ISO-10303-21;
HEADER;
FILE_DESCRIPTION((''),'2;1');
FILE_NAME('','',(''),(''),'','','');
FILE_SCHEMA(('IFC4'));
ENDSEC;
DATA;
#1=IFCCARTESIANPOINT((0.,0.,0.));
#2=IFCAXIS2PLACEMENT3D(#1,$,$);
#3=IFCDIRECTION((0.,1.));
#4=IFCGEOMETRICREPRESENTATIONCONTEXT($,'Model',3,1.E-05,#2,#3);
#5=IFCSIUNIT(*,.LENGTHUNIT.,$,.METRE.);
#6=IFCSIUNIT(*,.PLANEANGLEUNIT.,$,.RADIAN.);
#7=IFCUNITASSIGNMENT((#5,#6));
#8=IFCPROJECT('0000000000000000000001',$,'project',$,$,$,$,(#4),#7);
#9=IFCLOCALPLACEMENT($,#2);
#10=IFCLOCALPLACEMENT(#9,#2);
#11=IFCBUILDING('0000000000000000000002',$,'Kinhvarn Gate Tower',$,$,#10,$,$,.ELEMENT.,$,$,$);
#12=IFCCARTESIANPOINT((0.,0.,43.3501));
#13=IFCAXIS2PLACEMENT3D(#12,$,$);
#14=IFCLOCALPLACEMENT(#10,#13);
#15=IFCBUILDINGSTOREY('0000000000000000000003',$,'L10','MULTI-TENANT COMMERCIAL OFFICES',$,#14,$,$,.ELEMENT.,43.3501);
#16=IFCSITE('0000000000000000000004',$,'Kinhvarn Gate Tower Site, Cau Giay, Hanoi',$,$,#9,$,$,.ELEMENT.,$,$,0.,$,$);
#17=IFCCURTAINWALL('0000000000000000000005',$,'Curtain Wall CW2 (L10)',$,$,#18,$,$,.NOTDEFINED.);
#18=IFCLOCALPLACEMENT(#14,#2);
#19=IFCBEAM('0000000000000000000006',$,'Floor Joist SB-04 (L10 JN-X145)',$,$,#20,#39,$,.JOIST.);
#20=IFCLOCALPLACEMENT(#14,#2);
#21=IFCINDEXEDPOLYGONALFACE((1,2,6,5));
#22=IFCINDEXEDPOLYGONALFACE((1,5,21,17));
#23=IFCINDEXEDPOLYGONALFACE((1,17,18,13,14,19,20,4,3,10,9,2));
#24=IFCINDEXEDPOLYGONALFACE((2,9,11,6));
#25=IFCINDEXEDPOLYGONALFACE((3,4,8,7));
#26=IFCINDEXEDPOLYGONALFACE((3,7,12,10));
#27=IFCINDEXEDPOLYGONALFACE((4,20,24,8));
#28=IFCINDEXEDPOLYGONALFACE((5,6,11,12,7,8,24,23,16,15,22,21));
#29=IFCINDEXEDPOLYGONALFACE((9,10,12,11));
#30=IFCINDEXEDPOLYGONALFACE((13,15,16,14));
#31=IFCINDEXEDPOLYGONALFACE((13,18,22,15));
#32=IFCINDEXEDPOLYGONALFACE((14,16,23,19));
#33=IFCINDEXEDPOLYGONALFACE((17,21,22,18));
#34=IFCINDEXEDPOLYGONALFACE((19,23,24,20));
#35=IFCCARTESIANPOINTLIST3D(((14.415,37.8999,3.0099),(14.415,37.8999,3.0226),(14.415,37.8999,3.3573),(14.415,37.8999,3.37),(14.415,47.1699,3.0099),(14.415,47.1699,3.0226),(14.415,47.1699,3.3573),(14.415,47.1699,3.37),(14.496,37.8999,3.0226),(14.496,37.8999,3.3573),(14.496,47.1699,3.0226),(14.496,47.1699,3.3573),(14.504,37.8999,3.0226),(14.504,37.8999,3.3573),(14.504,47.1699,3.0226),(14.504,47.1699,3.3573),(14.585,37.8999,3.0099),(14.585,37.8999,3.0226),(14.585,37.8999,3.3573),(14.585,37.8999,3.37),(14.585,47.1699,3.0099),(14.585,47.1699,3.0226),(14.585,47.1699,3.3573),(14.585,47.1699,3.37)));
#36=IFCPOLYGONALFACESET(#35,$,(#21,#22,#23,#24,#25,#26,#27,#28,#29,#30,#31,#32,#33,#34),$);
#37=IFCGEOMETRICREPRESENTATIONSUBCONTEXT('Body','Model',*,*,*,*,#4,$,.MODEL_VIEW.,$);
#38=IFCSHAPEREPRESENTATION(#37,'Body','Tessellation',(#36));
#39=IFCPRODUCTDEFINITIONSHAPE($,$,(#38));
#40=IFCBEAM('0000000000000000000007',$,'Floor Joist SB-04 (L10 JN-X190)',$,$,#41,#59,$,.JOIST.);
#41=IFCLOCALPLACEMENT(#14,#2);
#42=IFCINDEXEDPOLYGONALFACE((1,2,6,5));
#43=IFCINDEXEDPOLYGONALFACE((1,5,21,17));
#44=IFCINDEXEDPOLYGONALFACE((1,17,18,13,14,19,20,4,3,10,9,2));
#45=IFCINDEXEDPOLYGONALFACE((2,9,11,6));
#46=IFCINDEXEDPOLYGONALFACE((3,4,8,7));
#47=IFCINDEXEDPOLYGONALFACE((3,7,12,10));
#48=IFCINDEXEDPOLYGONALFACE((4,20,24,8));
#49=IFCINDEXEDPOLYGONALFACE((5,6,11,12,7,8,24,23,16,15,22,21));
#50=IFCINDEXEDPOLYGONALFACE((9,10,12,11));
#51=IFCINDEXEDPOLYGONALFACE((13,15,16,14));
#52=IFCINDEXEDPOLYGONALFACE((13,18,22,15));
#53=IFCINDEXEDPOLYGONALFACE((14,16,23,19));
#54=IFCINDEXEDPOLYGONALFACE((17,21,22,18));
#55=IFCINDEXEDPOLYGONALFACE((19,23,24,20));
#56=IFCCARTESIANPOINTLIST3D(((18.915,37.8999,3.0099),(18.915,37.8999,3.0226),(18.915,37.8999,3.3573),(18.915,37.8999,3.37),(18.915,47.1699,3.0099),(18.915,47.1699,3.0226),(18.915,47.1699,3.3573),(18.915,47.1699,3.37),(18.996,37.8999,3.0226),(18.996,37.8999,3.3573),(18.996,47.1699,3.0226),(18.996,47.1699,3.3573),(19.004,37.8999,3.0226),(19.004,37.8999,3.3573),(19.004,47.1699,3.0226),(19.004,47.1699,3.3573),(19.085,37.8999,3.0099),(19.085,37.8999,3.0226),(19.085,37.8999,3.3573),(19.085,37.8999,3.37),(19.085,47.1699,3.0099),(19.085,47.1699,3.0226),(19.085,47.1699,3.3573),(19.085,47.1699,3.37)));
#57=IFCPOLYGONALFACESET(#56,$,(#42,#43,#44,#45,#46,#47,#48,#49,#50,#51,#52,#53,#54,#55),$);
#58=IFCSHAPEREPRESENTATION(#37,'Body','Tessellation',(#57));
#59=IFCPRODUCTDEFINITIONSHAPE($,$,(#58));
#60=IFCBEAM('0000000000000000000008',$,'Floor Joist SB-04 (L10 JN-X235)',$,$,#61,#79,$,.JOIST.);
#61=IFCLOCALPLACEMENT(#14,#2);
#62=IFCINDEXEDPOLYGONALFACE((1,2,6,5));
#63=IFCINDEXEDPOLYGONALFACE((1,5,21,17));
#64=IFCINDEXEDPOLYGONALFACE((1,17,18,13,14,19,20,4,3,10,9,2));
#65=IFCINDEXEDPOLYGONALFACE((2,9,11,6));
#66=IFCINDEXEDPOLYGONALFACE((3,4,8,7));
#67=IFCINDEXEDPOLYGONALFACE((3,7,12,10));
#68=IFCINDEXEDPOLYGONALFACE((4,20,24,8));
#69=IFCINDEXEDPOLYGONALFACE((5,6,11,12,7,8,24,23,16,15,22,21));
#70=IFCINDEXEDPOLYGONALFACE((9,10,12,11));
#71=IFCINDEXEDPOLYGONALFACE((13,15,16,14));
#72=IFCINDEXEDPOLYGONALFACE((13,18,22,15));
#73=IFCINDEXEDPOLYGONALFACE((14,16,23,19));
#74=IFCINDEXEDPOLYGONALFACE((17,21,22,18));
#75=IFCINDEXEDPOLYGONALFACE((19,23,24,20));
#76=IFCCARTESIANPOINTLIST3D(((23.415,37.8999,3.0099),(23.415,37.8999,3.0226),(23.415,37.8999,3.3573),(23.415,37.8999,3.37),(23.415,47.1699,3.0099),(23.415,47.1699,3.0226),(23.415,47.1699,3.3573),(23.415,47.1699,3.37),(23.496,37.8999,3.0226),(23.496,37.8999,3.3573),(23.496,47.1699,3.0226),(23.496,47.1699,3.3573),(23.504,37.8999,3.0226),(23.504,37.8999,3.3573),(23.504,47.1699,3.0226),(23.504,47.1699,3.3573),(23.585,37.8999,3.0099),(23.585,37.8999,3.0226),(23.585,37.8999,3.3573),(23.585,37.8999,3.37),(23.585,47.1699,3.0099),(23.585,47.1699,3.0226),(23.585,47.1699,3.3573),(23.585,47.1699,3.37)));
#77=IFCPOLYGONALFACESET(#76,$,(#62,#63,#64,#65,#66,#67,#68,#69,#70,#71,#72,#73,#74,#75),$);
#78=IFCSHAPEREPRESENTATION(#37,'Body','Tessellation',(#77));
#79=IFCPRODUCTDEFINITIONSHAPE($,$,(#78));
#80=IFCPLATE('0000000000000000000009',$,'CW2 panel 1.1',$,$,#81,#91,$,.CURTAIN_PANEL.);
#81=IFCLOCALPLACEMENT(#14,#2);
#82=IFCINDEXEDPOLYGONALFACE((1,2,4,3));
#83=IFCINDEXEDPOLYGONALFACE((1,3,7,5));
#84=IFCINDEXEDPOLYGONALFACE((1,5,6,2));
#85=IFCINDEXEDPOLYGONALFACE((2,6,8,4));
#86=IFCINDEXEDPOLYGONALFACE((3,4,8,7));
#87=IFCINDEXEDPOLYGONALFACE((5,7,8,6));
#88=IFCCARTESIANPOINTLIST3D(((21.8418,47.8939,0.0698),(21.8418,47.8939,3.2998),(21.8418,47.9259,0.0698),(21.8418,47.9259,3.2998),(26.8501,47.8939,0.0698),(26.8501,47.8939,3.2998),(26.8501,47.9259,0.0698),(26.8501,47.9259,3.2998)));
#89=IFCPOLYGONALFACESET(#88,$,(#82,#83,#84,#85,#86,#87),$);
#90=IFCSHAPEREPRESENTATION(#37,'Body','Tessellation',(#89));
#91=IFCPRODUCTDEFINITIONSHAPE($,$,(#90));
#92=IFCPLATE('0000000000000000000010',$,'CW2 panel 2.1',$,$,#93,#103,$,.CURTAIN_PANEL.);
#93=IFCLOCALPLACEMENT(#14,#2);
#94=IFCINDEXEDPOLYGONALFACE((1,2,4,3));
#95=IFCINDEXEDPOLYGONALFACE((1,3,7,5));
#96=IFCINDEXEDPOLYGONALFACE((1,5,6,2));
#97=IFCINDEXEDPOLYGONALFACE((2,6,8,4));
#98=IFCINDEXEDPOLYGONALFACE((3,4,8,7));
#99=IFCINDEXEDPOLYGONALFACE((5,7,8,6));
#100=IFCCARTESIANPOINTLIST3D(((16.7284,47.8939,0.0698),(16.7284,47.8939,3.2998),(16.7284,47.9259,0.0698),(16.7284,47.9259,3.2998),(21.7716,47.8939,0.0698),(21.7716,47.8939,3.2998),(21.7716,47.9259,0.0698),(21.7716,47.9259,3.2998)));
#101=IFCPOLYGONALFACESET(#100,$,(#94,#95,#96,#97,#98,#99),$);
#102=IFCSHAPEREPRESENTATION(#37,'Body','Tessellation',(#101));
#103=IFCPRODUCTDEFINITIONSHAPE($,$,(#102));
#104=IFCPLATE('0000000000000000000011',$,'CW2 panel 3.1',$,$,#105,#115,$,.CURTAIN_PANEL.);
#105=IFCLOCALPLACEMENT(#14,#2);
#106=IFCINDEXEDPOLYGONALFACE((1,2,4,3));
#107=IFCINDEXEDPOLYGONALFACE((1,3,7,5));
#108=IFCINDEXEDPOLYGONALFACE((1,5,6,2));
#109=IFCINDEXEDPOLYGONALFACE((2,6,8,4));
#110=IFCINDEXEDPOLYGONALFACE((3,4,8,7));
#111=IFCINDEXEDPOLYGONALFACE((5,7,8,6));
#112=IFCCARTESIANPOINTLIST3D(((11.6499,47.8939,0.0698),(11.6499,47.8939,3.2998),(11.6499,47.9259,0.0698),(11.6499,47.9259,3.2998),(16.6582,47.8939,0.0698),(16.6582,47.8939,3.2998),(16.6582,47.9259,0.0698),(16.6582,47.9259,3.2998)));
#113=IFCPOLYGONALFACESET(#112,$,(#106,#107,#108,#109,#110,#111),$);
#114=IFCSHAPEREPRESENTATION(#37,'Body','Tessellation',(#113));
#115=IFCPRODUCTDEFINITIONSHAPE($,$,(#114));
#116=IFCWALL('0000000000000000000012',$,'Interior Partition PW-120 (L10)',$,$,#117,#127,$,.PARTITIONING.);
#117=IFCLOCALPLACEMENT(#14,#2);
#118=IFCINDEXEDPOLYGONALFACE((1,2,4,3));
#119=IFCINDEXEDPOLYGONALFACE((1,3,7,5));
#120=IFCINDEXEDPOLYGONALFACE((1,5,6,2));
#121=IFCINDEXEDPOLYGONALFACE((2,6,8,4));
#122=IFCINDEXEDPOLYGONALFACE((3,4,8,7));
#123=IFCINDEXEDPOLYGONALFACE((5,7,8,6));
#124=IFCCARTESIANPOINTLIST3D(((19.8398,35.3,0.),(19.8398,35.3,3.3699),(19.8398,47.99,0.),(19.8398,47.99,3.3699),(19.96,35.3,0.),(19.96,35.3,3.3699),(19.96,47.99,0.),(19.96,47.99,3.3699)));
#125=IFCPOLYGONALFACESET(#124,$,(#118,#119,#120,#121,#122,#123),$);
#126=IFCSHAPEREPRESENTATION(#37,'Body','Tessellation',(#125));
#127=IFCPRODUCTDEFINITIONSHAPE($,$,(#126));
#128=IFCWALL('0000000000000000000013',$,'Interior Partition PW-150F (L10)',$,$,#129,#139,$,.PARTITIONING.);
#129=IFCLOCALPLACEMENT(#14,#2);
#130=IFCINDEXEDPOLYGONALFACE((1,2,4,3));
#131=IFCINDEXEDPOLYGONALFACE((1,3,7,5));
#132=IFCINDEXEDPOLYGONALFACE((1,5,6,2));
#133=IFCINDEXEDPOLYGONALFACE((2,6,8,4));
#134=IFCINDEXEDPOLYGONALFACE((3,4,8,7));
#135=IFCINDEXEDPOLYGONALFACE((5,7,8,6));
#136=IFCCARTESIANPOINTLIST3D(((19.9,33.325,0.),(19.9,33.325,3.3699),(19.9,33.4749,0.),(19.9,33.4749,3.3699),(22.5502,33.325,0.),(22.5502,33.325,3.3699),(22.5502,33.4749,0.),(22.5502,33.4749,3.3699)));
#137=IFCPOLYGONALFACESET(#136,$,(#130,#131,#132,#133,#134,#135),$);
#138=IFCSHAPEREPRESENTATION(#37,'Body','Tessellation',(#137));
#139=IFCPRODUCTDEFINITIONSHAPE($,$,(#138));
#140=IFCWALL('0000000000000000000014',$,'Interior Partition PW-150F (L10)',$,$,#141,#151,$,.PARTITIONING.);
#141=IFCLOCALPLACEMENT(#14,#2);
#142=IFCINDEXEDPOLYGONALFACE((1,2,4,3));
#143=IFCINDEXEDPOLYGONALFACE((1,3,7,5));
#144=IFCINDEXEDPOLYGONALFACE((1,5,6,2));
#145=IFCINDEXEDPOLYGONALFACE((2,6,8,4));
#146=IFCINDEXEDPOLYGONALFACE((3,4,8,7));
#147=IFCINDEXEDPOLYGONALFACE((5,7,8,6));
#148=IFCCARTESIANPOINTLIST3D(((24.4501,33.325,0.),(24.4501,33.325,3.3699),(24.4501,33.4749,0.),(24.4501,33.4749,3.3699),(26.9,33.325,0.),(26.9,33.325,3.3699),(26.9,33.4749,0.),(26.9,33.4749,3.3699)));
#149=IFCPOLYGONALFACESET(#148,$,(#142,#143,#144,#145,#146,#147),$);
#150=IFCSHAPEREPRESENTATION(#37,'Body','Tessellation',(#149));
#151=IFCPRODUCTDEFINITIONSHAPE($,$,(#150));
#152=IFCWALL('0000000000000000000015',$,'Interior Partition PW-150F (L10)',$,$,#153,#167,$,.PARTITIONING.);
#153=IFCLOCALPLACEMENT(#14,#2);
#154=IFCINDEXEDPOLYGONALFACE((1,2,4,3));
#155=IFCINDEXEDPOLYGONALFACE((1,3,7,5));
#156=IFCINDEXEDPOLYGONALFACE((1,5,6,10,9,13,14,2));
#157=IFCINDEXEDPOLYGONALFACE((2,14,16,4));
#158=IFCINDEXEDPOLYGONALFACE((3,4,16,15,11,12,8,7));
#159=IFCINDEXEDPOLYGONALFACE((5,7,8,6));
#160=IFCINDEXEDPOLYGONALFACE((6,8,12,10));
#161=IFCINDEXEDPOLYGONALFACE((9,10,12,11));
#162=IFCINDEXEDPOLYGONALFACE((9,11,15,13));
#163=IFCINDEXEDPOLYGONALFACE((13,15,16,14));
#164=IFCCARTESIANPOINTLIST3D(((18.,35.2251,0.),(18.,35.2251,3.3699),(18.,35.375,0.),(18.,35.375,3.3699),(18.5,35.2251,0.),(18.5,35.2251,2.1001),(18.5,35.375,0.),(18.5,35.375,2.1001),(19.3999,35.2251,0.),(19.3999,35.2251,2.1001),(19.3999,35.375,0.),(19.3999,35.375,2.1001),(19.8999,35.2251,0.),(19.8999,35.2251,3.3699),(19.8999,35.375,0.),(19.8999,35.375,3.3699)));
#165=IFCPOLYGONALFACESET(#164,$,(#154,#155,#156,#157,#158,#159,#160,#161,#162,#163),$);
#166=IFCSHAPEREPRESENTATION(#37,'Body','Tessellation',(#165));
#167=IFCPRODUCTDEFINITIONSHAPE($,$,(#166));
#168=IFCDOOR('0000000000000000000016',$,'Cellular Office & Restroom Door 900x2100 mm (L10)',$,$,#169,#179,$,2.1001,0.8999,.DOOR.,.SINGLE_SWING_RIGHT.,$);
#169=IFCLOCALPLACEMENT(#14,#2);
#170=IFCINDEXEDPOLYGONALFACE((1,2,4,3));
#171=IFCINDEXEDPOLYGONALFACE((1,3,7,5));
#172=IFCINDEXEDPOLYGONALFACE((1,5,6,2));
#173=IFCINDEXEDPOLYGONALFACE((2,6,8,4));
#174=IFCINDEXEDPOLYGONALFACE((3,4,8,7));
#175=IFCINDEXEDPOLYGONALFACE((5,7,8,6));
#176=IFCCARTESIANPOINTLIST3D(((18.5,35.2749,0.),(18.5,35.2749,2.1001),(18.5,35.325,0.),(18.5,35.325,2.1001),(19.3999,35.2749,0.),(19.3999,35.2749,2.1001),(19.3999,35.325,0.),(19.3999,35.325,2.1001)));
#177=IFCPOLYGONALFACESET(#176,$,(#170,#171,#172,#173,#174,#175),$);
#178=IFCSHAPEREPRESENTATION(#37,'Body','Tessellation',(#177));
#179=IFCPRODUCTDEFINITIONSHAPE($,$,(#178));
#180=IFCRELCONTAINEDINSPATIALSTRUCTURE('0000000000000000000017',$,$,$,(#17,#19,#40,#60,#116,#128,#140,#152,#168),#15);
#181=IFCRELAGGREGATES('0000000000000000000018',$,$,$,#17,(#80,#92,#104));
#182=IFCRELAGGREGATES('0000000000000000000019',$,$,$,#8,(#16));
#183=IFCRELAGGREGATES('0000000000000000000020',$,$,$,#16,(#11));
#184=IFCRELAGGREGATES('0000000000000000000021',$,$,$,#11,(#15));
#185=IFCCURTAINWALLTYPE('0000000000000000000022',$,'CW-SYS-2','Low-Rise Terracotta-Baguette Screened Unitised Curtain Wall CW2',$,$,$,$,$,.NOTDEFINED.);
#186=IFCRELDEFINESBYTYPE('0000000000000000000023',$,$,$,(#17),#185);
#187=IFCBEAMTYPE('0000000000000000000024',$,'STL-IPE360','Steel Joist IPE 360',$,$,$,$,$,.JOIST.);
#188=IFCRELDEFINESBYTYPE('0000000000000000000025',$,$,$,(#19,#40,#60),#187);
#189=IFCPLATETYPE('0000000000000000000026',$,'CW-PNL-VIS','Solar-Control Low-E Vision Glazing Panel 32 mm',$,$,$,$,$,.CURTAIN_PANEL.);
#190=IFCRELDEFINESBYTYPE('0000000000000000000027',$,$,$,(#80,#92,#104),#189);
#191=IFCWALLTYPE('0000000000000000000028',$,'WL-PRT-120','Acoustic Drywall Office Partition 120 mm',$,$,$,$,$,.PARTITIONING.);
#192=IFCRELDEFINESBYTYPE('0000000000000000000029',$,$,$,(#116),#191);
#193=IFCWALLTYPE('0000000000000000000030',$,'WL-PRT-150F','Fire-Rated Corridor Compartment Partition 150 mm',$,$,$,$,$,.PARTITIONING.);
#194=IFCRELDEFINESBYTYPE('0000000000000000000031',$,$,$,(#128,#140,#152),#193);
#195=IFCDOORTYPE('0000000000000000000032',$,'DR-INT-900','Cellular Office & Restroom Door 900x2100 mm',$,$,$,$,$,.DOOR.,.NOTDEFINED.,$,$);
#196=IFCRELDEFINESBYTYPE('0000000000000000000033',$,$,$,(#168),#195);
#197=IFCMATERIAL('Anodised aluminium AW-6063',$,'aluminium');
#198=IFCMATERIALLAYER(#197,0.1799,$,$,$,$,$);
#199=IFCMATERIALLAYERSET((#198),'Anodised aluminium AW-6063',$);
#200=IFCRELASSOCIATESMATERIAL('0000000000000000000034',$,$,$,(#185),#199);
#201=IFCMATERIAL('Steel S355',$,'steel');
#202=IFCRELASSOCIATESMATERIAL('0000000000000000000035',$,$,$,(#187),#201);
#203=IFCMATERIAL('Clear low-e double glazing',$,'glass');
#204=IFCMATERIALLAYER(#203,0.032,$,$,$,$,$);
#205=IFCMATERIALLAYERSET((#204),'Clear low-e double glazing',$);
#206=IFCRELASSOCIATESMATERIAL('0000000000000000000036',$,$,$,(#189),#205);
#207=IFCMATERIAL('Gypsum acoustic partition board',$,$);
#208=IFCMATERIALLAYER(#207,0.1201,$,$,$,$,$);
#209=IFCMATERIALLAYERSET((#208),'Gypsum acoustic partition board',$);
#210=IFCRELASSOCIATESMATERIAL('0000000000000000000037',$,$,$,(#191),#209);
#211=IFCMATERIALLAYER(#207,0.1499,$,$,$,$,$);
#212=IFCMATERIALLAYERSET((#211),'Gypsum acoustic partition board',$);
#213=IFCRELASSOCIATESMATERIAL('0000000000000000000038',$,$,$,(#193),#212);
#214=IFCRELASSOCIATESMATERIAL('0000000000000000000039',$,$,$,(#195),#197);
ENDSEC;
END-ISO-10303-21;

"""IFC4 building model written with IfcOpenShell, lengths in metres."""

from ifc_helpers import new_model, si_unit, direction, frame, frame_2d, origin, origin_2d, place, context, subcontext, project, spatial, rectangle, i_section, extrude, material, layer, layer_set, material_profile, profile_set, type_object, element, fill, aggregate, save


model = new_model("IFC4")

# Units and contexts
model_context = context("Model", 3, precision=1e-05, world=origin(), true_north=direction((0.0, 1.0)))
body_context = subcontext(model_context, "Body", "Model", "MODEL_VIEW")
ifc_project = project(units=[si_unit("LENGTHUNIT", "METRE"), si_unit("PLANEANGLEUNIT", "RADIAN")], contexts=[model_context])

# Site, building, storey
site_placement = place(None, origin())
site = spatial("IfcSite", under=ifc_project, at=site_placement, Name="Kinhvarn Gate Tower Site, Cau Giay, Hanoi", CompositionType="ELEMENT", RefElevation=0.0)
building_placement = place(site_placement, origin())
building = spatial("IfcBuilding", under=site, at=building_placement, Name="Kinhvarn Gate Tower", CompositionType="ELEMENT")
storey_placement = place(building_placement, frame((0.0, 0.0, 43.3501)))
storey = spatial("IfcBuildingStorey", under=building, at=storey_placement, Name="L10", Description="MULTI-TENANT COMMERCIAL OFFICES", CompositionType="ELEMENT", Elevation=43.3501)

# Curtain wall
ifc_material_1 = material(Name="Anodised aluminium AW-6063", Category="aluminium")
ifc_layer_1 = layer(ifc_material_1, 0.1799)
ifc_layer_set_1 = layer_set([ifc_layer_1], Name="Anodised aluminium AW-6063")
curtain_wall_type = type_object("IfcCurtainWallType", Name="CW-SYS-2", Description="Low-Rise Terracotta-Baguette Screened Unitised Curtain Wall CW2", PredefinedType="NOTDEFINED", material=ifc_layer_set_1)
curtain_wall_placement = place(storey_placement, origin())
curtain_wall = element("IfcCurtainWall", 1, at=curtain_wall_placement, inside=storey, type_object=curtain_wall_type, Name="Curtain Wall CW2 (L10)", PredefinedType="NOTDEFINED")

# Beams
ifc_material_2 = material(Name="Steel S355", Category="steel")
ifc_material_profile_1 = material_profile(ifc_material_2, i_section(OverallWidth=0.1699, OverallDepth=0.3601, WebThickness=0.0081, FlangeThickness=0.0127, at=origin_2d()), Name="IPE 360")
ifc_profile_set_1 = profile_set([ifc_material_profile_1], Name="Steel S355")
beam_type_1 = type_object("IfcBeamType", Name="STL-IPE360", Description="Steel Joist IPE 360", PredefinedType="JOIST", material=ifc_profile_set_1)
for number, where, z_axis, x_axis, name in (
    (2, (14.5, 37.8999, 3.1899), (0.0, 1.0, 0.0), (-1.0, 0.0, 0.0), "Floor Joist SB-04 (L10 JN-X145)"),
    (3, (19.0, 37.8999, 3.1899), (0.0, 1.0, 0.0), (-1.0, 0.0, 0.0), "Floor Joist SB-04 (L10 JN-X190)"),
    (4, (23.5, 37.8999, 3.1899), (0.0, 1.0, 0.0), (-1.0, 0.0, 0.0), "Floor Joist SB-04 (L10 JN-X235)"),
):
    element("IfcBeam", number, at=place(storey_placement, frame(where, z_axis=z_axis, x_axis=x_axis)), inside=storey, type_object=beam_type_1, Name=name, PredefinedType="JOIST", context=body_context, shape_type="SweptSolid", body=[
        extrude(i_section(OverallWidth=0.1699, OverallDepth=0.3601, WebThickness=0.0081, FlangeThickness=0.0127, at=origin_2d()), origin(), (0.0, 0.0, 1.0), 9.27),
    ])

# Plates
ifc_material_3 = material(Name="Clear low-e double glazing", Category="glass")
ifc_layer_2 = layer(ifc_material_3, 0.032)
ifc_layer_set_2 = layer_set([ifc_layer_2], Name="Clear low-e double glazing")
plate_type = type_object("IfcPlateType", Name="CW-PNL-VIS", Description="Solar-Control Low-E Vision Glazing Panel 32 mm", PredefinedType="CURTAIN_PANEL", material=ifc_layer_set_2)
plate_1_placement = place(storey_placement, frame((24.3459, 47.9099, 0.0698), z_axis=(0.0, 0.0, 1.0), x_axis=(-1.0, 0.0, 0.0)))
plate_1 = element("IfcPlate", 5, at=plate_1_placement, type_object=plate_type, Name="CW2 panel 1.1", PredefinedType="CURTAIN_PANEL", context=body_context, shape_type="SweptSolid", body=[
    extrude(rectangle(XDim=5.0083, YDim=0.032, at=origin_2d()), origin(), (0.0, 0.0, 1.0), 3.23),
])
plate_2_placement = place(storey_placement, frame((19.25, 47.9099, 0.0698), z_axis=(0.0, 0.0, 1.0), x_axis=(-1.0, 0.0, 0.0)))
plate_2 = element("IfcPlate", 6, at=plate_2_placement, type_object=plate_type, Name="CW2 panel 2.1", PredefinedType="CURTAIN_PANEL", context=body_context, shape_type="SweptSolid", body=[
    extrude(rectangle(XDim=5.0432, YDim=0.032, at=origin_2d()), origin(), (0.0, 0.0, 1.0), 3.23),
])
plate_3_placement = place(storey_placement, frame((14.1541, 47.9099, 0.0698), z_axis=(0.0, 0.0, 1.0), x_axis=(-1.0, 0.0, 0.0)))
plate_3 = element("IfcPlate", 7, at=plate_3_placement, type_object=plate_type, Name="CW2 panel 3.1", PredefinedType="CURTAIN_PANEL", context=body_context, shape_type="SweptSolid", body=[
    extrude(rectangle(XDim=5.0083, YDim=0.032, at=origin_2d()), origin(), (0.0, 0.0, 1.0), 3.23),
])
aggregate(curtain_wall, [plate_1, plate_2, plate_3])

# Walls
ifc_material_4 = material(Name="Gypsum acoustic partition board")
ifc_layer_3 = layer(ifc_material_4, 0.1201)
ifc_layer_set_3 = layer_set([ifc_layer_3], Name="Gypsum acoustic partition board")
wall_type_1 = type_object("IfcWallType", Name="WL-PRT-120", Description="Acoustic Drywall Office Partition 120 mm", PredefinedType="PARTITIONING", material=ifc_layer_set_3)
wall_1_placement = place(storey_placement, frame((19.8999, 35.3, 0.0), z_axis=(0.0, 0.0, 1.0), x_axis=(0.0, 1.0, 0.0)))
element("IfcWall", 8, at=wall_1_placement, inside=storey, type_object=wall_type_1, Name="Interior Partition PW-120 (L10)", PredefinedType="PARTITIONING", context=body_context, shape_type="SweptSolid", body=[
    extrude(rectangle(XDim=12.6899, YDim=0.1201, at=frame_2d((6.345, 0.0))), origin(), (0.0, 0.0, 1.0), 3.3699),
])
ifc_layer_4 = layer(ifc_material_4, 0.1499)
ifc_layer_set_4 = layer_set([ifc_layer_4], Name="Gypsum acoustic partition board")
wall_type_2 = type_object("IfcWallType", Name="WL-PRT-150F", Description="Fire-Rated Corridor Compartment Partition 150 mm", PredefinedType="PARTITIONING", material=ifc_layer_set_4)
wall_2_placement = place(storey_placement, frame((19.8999, 33.3999, 0.0), z_axis=(0.0, 0.0, 1.0), x_axis=(1.0, 0.0, 0.0)))
element("IfcWall", 9, at=wall_2_placement, inside=storey, type_object=wall_type_2, Name="Interior Partition PW-150F (L10)", PredefinedType="PARTITIONING", context=body_context, shape_type="SweptSolid", body=[
    extrude(rectangle(XDim=2.6501, YDim=0.1499, at=frame_2d((1.3252, 0.0))), origin(), (0.0, 0.0, 1.0), 3.3699),
])
wall_3_placement = place(storey_placement, frame((24.45, 33.3999, 0.0), z_axis=(0.0, 0.0, 1.0), x_axis=(1.0, 0.0, 0.0)))
element("IfcWall", 10, at=wall_3_placement, inside=storey, type_object=wall_type_2, Name="Interior Partition PW-150F (L10)", PredefinedType="PARTITIONING", context=body_context, shape_type="SweptSolid", body=[
    extrude(rectangle(XDim=2.45, YDim=0.1499, at=frame_2d((1.2251, 0.0))), origin(), (0.0, 0.0, 1.0), 3.3699),
])

# Wall, opening, door
wall_4_placement = place(storey_placement, frame((18.0, 35.3, 0.0), z_axis=(0.0, 0.0, 1.0), x_axis=(1.0, 0.0, 0.0)))
wall_4 = element("IfcWall", 11, at=wall_4_placement, inside=storey, type_object=wall_type_2, Name="Interior Partition PW-150F (L10)", PredefinedType="PARTITIONING", context=body_context, shape_type="SweptSolid", body=[
    extrude(rectangle(XDim=1.8999, YDim=0.1499, at=frame_2d((0.95, 0.0))), origin(), (0.0, 0.0, 1.0), 3.3699),
])
opening_1_placement = place(wall_4_placement, frame((0.5, 0.0, 0.0)))
opening_1 = element("IfcOpeningElement", 12, at=opening_1_placement, cuts=wall_4, PredefinedType="OPENING", context=body_context, shape_type="SweptSolid", body=[
    extrude(rectangle(XDim=0.8999, YDim=2.1001, at=frame_2d((0.45, 1.05))), frame((0.0, 0.085, 0.0), z_axis=(0.0, -1.0, 0.0), x_axis=(1.0, 0.0, 0.0)), (0.0, 0.0, 1.0), 0.1699),
])
door_type_1 = type_object("IfcDoorType", Name="DR-INT-900", Description="Cellular Office & Restroom Door 900x2100 mm", OperationType="NOTDEFINED", PredefinedType="DOOR", material=ifc_material_1)
door_1_placement = place(opening_1_placement, origin())
door_1 = element("IfcDoor", 13, at=door_1_placement, inside=storey, type_object=door_type_1, Name="Cellular Office & Restroom Door 900x2100 mm (L10)", OperationType="SINGLE_SWING_RIGHT", OverallHeight=2.1001, OverallWidth=0.8999, PredefinedType="DOOR", context=body_context, shape_type="SweptSolid", body=[
    extrude(rectangle(XDim=0.8999, YDim=2.1001, at=frame_2d((0.45, 1.05))), frame((0.0, 0.0249, 0.0), z_axis=(0.0, -1.0, 0.0), x_axis=(1.0, 0.0, 0.0)), (0.0, 0.0, 1.0), 0.05),
])
fill(opening_1, door_1)

save(model, "model.ifc")
